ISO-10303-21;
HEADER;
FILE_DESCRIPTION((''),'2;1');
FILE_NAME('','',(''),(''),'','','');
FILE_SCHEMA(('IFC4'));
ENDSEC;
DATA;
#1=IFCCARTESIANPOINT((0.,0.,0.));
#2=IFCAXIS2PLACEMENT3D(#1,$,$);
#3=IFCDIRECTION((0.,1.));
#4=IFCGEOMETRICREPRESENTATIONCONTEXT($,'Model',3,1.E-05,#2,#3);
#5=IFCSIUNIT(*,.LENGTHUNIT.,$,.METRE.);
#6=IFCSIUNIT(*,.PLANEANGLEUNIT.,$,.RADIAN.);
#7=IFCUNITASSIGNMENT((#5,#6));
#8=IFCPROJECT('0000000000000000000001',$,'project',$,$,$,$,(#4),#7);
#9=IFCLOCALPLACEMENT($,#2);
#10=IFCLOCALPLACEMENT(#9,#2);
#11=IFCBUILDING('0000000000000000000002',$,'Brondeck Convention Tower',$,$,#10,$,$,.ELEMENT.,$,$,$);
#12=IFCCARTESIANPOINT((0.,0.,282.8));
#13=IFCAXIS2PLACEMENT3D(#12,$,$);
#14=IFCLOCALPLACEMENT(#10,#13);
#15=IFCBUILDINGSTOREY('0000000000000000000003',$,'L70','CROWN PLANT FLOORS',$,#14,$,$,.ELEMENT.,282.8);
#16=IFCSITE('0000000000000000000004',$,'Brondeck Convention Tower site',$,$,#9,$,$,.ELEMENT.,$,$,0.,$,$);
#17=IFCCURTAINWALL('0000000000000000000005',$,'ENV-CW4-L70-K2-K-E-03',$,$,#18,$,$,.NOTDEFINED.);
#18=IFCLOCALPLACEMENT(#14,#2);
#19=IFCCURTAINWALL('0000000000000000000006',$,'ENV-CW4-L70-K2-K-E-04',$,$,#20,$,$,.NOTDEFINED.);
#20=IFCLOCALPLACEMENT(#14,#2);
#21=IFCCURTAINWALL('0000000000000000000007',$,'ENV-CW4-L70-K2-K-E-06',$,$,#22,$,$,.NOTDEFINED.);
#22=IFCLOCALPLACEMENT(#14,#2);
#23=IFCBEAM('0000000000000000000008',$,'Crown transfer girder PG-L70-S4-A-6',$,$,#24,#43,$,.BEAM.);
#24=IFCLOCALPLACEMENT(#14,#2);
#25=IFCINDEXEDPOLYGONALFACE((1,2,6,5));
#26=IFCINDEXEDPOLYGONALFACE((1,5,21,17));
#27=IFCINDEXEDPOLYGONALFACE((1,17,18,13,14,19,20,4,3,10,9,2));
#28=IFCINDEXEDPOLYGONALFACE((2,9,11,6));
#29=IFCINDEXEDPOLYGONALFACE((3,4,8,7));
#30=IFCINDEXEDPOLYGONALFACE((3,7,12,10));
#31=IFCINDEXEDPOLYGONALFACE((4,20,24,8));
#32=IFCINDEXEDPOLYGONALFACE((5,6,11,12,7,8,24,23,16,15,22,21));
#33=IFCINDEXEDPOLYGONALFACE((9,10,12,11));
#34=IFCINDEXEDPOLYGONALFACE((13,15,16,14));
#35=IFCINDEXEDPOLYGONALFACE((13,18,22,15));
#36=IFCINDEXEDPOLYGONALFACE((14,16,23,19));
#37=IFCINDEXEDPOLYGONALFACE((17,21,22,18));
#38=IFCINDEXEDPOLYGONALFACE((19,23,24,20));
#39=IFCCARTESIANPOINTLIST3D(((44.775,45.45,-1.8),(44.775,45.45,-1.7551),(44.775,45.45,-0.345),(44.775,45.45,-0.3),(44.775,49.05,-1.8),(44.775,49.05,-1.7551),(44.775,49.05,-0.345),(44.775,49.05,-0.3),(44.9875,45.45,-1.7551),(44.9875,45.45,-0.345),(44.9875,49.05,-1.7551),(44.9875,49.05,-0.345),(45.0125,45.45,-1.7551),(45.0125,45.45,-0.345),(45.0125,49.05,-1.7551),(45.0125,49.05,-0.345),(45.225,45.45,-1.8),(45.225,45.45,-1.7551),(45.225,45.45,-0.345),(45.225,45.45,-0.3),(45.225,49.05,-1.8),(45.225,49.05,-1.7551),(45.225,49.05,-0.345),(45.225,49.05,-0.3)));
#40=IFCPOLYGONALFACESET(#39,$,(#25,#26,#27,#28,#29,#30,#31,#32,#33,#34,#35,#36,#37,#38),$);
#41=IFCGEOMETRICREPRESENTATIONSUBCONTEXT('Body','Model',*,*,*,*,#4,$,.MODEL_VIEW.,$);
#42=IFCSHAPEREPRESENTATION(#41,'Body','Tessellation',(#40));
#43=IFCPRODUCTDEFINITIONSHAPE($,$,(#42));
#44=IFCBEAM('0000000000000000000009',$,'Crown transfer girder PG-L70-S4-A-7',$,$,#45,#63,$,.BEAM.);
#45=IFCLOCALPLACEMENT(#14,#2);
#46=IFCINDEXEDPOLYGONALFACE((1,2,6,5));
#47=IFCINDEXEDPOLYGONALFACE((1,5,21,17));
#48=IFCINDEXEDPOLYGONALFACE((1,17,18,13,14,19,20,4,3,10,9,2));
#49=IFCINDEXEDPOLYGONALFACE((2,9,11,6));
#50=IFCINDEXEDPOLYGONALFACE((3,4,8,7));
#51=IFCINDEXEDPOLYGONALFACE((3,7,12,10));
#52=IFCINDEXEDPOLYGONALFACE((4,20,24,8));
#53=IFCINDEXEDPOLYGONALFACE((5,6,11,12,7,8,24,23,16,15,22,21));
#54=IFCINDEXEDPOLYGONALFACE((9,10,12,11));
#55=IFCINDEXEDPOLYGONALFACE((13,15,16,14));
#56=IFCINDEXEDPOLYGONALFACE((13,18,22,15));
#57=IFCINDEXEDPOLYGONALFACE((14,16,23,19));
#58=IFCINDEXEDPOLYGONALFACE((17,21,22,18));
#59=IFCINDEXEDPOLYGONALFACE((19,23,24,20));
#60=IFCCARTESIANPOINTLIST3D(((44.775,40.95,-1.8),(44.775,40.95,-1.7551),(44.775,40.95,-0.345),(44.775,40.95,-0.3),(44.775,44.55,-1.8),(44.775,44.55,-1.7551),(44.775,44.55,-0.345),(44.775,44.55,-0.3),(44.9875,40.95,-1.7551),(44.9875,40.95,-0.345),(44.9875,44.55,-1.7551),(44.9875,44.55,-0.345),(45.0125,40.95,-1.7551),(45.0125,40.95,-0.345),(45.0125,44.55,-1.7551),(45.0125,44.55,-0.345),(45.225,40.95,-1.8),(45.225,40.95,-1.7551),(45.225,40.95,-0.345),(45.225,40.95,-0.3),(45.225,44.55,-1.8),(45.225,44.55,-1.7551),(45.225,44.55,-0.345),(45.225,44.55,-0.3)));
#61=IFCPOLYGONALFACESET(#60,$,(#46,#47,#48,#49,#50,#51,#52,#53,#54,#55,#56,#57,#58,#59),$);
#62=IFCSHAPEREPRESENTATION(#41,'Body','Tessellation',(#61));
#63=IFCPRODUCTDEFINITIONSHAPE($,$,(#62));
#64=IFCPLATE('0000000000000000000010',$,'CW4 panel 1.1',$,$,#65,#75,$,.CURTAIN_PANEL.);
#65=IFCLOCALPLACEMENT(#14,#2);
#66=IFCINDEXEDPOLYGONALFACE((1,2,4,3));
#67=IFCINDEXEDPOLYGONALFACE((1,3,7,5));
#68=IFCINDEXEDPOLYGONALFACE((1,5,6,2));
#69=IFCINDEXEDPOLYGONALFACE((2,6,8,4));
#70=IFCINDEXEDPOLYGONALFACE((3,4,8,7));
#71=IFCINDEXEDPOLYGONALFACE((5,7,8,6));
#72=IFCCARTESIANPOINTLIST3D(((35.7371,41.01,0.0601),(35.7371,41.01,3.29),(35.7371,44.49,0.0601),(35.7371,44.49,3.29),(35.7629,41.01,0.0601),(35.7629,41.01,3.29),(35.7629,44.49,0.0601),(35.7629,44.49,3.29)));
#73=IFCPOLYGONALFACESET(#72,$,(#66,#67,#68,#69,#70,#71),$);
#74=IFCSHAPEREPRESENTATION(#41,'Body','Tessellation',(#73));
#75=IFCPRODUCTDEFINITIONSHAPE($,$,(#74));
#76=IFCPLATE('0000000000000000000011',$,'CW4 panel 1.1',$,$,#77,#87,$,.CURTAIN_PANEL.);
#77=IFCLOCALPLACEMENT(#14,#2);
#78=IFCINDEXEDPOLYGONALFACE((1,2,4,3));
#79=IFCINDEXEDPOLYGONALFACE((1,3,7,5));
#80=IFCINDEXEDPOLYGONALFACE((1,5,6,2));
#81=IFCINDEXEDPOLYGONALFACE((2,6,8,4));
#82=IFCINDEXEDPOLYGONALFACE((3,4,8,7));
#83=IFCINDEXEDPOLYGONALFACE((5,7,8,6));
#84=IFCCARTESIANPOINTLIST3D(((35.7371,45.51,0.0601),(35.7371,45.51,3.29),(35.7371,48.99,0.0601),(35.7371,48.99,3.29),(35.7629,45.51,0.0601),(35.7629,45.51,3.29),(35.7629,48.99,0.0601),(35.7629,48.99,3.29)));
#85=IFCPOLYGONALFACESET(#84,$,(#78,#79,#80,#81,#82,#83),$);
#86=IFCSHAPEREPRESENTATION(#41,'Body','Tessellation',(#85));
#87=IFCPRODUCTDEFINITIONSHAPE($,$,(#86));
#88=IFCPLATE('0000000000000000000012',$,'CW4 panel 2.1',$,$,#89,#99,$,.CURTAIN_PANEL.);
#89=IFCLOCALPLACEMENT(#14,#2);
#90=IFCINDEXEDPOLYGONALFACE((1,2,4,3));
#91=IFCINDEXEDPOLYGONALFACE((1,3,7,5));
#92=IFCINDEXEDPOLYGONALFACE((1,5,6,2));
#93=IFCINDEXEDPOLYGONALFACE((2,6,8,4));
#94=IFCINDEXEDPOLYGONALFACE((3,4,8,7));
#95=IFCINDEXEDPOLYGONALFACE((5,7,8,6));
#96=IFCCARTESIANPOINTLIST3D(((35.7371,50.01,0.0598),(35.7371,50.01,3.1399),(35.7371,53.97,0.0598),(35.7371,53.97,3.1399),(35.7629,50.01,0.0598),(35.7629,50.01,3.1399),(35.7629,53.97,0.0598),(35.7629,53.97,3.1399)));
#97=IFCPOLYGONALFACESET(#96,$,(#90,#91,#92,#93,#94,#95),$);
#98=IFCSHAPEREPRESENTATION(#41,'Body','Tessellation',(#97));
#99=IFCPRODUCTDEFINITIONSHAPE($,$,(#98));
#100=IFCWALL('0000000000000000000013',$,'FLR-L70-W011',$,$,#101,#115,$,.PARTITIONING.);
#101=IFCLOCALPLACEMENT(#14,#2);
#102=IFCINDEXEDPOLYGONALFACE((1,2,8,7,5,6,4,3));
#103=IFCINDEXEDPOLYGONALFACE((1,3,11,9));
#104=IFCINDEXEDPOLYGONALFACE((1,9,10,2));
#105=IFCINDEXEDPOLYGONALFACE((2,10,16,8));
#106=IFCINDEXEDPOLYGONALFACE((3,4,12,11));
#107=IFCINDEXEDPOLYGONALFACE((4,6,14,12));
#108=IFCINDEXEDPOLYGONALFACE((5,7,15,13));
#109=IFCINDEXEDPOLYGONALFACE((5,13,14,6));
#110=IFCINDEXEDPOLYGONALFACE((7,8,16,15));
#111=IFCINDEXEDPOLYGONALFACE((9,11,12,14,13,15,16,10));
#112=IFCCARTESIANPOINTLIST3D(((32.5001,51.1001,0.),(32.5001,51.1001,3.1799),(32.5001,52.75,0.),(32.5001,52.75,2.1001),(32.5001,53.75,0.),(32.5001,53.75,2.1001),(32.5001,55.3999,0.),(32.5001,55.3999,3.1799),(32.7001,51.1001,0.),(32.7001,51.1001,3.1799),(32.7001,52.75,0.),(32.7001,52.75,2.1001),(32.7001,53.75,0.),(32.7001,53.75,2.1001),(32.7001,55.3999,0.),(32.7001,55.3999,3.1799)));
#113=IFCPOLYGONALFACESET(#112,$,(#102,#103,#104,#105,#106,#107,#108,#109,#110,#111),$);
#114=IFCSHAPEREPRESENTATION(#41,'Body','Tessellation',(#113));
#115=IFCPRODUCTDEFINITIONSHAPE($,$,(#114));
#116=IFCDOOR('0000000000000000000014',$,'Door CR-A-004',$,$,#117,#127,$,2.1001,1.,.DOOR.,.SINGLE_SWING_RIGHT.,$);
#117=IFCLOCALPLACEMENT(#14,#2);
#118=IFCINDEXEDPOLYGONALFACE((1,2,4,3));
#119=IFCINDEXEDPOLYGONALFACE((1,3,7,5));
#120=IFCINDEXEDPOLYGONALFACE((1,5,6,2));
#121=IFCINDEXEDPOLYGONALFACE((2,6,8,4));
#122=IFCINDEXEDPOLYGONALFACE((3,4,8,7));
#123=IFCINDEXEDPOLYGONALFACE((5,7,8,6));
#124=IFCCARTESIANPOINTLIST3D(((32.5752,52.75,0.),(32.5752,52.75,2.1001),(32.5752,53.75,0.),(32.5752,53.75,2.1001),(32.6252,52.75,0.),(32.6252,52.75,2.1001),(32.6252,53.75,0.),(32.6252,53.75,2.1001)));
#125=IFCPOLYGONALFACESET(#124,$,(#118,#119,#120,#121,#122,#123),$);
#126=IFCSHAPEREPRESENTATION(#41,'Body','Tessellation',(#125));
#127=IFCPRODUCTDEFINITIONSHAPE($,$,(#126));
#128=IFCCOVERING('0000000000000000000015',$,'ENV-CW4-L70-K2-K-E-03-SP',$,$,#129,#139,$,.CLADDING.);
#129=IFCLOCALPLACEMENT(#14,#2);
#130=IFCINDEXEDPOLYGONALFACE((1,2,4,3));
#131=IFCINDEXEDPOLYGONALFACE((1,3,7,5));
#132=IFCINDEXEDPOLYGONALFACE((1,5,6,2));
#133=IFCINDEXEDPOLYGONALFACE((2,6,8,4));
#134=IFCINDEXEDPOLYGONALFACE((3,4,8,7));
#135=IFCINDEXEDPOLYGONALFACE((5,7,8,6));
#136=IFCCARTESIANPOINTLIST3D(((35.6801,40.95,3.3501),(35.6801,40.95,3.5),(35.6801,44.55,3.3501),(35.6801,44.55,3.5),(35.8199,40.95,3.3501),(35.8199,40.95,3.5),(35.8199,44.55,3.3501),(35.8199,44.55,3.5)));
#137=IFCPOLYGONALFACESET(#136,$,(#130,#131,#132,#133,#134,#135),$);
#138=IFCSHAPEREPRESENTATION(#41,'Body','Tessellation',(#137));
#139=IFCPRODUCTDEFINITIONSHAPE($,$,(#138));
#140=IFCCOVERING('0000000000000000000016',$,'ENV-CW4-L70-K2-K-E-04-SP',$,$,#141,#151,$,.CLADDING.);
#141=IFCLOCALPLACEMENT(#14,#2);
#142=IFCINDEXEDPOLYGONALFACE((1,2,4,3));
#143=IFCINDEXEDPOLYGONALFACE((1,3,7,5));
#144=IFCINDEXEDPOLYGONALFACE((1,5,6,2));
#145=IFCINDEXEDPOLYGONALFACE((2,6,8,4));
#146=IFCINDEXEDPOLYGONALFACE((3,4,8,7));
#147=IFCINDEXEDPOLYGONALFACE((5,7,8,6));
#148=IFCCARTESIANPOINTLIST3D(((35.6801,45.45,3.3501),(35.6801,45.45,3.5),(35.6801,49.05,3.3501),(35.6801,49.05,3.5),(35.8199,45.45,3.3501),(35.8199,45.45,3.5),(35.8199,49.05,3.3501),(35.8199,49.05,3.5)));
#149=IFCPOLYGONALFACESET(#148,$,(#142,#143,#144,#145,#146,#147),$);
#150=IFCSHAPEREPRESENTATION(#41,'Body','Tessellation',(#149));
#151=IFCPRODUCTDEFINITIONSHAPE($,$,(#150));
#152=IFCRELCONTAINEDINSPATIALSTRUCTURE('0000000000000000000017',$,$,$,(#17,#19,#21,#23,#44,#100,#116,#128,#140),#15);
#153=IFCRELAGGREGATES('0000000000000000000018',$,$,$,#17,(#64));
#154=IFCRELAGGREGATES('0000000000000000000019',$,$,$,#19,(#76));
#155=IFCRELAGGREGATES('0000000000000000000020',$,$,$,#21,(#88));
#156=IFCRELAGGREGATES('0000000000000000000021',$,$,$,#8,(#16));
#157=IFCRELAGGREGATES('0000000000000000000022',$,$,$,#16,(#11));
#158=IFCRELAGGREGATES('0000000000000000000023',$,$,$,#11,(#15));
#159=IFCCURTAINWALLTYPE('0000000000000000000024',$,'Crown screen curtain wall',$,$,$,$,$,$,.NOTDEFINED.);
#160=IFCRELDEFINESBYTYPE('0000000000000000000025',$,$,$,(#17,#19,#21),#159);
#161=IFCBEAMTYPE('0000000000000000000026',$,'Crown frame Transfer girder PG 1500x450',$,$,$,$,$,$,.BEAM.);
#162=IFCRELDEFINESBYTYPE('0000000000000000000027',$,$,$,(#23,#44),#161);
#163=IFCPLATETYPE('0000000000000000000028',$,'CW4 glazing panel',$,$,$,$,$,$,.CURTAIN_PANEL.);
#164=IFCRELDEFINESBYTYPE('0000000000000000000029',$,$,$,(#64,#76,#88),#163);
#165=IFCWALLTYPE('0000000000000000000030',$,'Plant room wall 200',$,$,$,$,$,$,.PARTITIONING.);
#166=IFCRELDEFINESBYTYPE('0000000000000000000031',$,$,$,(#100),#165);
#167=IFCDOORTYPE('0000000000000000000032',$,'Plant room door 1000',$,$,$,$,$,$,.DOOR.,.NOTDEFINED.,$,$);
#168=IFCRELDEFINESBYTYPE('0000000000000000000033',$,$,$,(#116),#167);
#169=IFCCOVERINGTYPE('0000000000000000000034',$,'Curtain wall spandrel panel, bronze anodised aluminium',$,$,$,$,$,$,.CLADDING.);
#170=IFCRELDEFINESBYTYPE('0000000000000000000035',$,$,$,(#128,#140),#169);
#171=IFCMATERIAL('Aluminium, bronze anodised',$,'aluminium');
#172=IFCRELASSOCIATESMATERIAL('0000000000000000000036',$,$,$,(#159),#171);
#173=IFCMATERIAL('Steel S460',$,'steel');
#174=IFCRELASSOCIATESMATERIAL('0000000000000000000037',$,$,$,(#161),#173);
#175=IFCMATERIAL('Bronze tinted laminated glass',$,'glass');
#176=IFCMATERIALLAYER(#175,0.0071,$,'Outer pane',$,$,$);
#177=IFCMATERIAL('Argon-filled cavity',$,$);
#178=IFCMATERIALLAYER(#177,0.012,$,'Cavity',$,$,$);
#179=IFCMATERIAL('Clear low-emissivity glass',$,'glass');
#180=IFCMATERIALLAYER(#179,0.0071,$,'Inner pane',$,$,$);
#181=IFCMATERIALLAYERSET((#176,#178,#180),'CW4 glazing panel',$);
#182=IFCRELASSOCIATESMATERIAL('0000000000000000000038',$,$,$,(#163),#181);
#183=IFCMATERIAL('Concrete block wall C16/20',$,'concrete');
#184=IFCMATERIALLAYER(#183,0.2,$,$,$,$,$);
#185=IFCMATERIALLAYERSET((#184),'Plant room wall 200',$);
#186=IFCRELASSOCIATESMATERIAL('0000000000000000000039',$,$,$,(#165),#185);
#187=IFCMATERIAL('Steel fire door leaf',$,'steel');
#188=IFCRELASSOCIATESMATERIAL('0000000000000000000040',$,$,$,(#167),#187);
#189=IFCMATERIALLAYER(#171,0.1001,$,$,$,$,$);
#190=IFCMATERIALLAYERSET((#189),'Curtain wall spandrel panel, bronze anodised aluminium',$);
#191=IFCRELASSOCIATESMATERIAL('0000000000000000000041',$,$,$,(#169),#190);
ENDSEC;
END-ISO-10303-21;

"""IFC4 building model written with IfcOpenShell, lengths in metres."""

from ifc_helpers import new_model, si_unit, direction, frame, frame_2d, origin, origin_2d, place, context, subcontext, project, spatial, rectangle, i_section, extrude, material, layer, layer_set, material_profile, profile_set, type_object, element, fill, aggregate, save


model = new_model("IFC4")

# Units and contexts
model_context = context("Model", 3, precision=1e-05, world=origin(), true_north=direction((0.0, 1.0)))
body_context = subcontext(model_context, "Body", "Model", "MODEL_VIEW")
ifc_project = project(units=[si_unit("LENGTHUNIT", "METRE"), si_unit("PLANEANGLEUNIT", "RADIAN")], contexts=[model_context])

# Site, building, storey
site_placement = place(None, origin())
site = spatial("IfcSite", under=ifc_project, at=site_placement, Name="Brondeck Convention Tower site", CompositionType="ELEMENT", RefElevation=0.0)
building_placement = place(site_placement, origin())
building = spatial("IfcBuilding", under=site, at=building_placement, Name="Brondeck Convention Tower", CompositionType="ELEMENT")
storey_placement = place(building_placement, frame((0.0, 0.0, 282.8)))
storey = spatial("IfcBuildingStorey", under=building, at=storey_placement, Name="L70", Description="CROWN PLANT FLOORS", CompositionType="ELEMENT", Elevation=282.8)

# Curtain walls
ifc_material_1 = material(Name="Aluminium, bronze anodised", Category="aluminium")
curtain_wall_type = type_object("IfcCurtainWallType", Name="Crown screen curtain wall", PredefinedType="NOTDEFINED", material=ifc_material_1)
curtain_wall_1_placement = place(storey_placement, origin())
curtain_wall_1 = element("IfcCurtainWall", 1, at=curtain_wall_1_placement, inside=storey, type_object=curtain_wall_type, Name="ENV-CW4-L70-K2-K-E-03", PredefinedType="NOTDEFINED")
curtain_wall_2_placement = place(storey_placement, origin())
curtain_wall_2 = element("IfcCurtainWall", 2, at=curtain_wall_2_placement, inside=storey, type_object=curtain_wall_type, Name="ENV-CW4-L70-K2-K-E-04", PredefinedType="NOTDEFINED")

# Curtain wall
curtain_wall_3_placement = place(storey_placement, origin())
curtain_wall_3 = element("IfcCurtainWall", 3, at=curtain_wall_3_placement, inside=storey, type_object=curtain_wall_type, Name="ENV-CW4-L70-K2-K-E-06", PredefinedType="NOTDEFINED")

# Beams
ifc_material_2 = material(Name="Steel S460", Category="steel")
ifc_material_profile_1 = material_profile(ifc_material_2, i_section(OverallWidth=0.45, OverallDepth=1.5, WebThickness=0.0249, FlangeThickness=0.0449, at=origin_2d()), Name="PG 1500x450")
ifc_profile_set_1 = profile_set([ifc_material_profile_1], Name="Steel S460")
beam_type_1 = type_object("IfcBeamType", Name="Crown frame Transfer girder PG 1500x450", PredefinedType="BEAM", material=ifc_profile_set_1)
for number, where, z_axis, x_axis, name in (
    (4, (45.0, 49.05, -1.05), (0.0, -1.0, 0.0), (1.0, 0.0, 0.0), "Crown transfer girder PG-L70-S4-A-6"),
    (5, (45.0, 44.55, -1.05), (0.0, -1.0, 0.0), (1.0, 0.0, 0.0), "Crown transfer girder PG-L70-S4-A-7"),
):
    element("IfcBeam", number, at=place(storey_placement, frame(where, z_axis=z_axis, x_axis=x_axis)), inside=storey, type_object=beam_type_1, Name=name, PredefinedType="BEAM", context=body_context, shape_type="SweptSolid", body=[
        extrude(i_section(OverallWidth=0.45, OverallDepth=1.5, WebThickness=0.0249, FlangeThickness=0.0449, at=origin_2d()), origin(), (0.0, 0.0, 1.0), 3.6001),
    ])

# Plates
ifc_material_3 = material(Name="Bronze tinted laminated glass", Category="glass")
ifc_layer_1 = layer(ifc_material_3, 0.0071, Name="Outer pane")
ifc_material_4 = material(Name="Argon-filled cavity")
ifc_layer_2 = layer(ifc_material_4, 0.012, Name="Cavity")
ifc_material_5 = material(Name="Clear low-emissivity glass", Category="glass")
ifc_layer_3 = layer(ifc_material_5, 0.0071, Name="Inner pane")
ifc_layer_set_1 = layer_set([ifc_layer_1, ifc_layer_2, ifc_layer_3], Name="CW4 glazing panel")
plate_type = type_object("IfcPlateType", Name="CW4 glazing panel", PredefinedType="CURTAIN_PANEL", material=ifc_layer_set_1)
plate_1_placement = place(storey_placement, frame((35.75, 42.75, 0.0601), z_axis=(0.0, 0.0, 1.0), x_axis=(0.0, -1.0, 0.0)))
plate_1 = element("IfcPlate", 6, at=plate_1_placement, type_object=plate_type, Name="CW4 panel 1.1", PredefinedType="CURTAIN_PANEL", context=body_context, shape_type="SweptSolid", body=[
    extrude(rectangle(XDim=3.48, YDim=0.0259, at=origin_2d()), origin(), (0.0, 0.0, 1.0), 3.23),
])
aggregate(curtain_wall_1, [plate_1])
plate_2_placement = place(storey_placement, frame((35.75, 47.25, 0.0601), z_axis=(0.0, 0.0, 1.0), x_axis=(0.0, -1.0, 0.0)))
plate_2 = element("IfcPlate", 7, at=plate_2_placement, type_object=plate_type, Name="CW4 panel 1.1", PredefinedType="CURTAIN_PANEL", context=body_context, shape_type="SweptSolid", body=[
    extrude(rectangle(XDim=3.48, YDim=0.0259, at=origin_2d()), origin(), (0.0, 0.0, 1.0), 3.23),
])
aggregate(curtain_wall_2, [plate_2])
plate_3_placement = place(storey_placement, frame((35.75, 51.99, 0.0598), z_axis=(0.0, 0.0, 1.0), x_axis=(0.0, -1.0, 0.0)))
plate_3 = element("IfcPlate", 8, at=plate_3_placement, type_object=plate_type, Name="CW4 panel 2.1", PredefinedType="CURTAIN_PANEL", context=body_context, shape_type="SweptSolid", body=[
    extrude(rectangle(XDim=3.96, YDim=0.0259, at=origin_2d()), origin(), (0.0, 0.0, 1.0), 3.0801),
])
aggregate(curtain_wall_3, [plate_3])

# Wall, opening, door
ifc_material_6 = material(Name="Concrete block wall C16/20", Category="concrete")
ifc_layer_4 = layer(ifc_material_6, 0.2)
ifc_layer_set_2 = layer_set([ifc_layer_4], Name="Plant room wall 200")
wall_type = type_object("IfcWallType", Name="Plant room wall 200", PredefinedType="PARTITIONING", material=ifc_layer_set_2)
wall_placement = place(storey_placement, frame((32.6001, 51.1001, 0.0), z_axis=(0.0, 0.0, 1.0), x_axis=(0.0, 1.0, 0.0)))
wall = element("IfcWall", 9, at=wall_placement, inside=storey, type_object=wall_type, Name="FLR-L70-W011", PredefinedType="PARTITIONING", context=body_context, shape_type="SweptSolid", body=[
    extrude(rectangle(XDim=4.2998, YDim=0.2, at=frame_2d((2.1499, 0.0))), origin(), (0.0, 0.0, 1.0), 3.1799),
])
opening_placement = place(wall_placement, frame((1.6499, 0.0, 0.0)))
opening = element("IfcOpeningElement", 10, at=opening_placement, cuts=wall, PredefinedType="OPENING", context=body_context, shape_type="SweptSolid", body=[
    extrude(rectangle(XDim=1.0, YDim=2.1001, at=frame_2d((0.5, 1.05))), frame((0.0, 0.1099, 0.0), z_axis=(0.0, -1.0, 0.0), x_axis=(1.0, 0.0, 0.0)), (0.0, 0.0, 1.0), 0.22),
])
ifc_material_7 = material(Name="Steel fire door leaf", Category="steel")
door_type = type_object("IfcDoorType", Name="Plant room door 1000", OperationType="NOTDEFINED", PredefinedType="DOOR", material=ifc_material_7)
door_placement = place(opening_placement, origin())
door = element("IfcDoor", 11, at=door_placement, inside=storey, type_object=door_type, Name="Door CR-A-004", OperationType="SINGLE_SWING_RIGHT", OverallHeight=2.1001, OverallWidth=1.0, PredefinedType="DOOR", context=body_context, shape_type="SweptSolid", body=[
    extrude(rectangle(XDim=1.0, YDim=2.1001, at=frame_2d((0.5, 1.05))), frame((0.0, 0.0249, 0.0), z_axis=(0.0, -1.0, 0.0), x_axis=(1.0, 0.0, 0.0)), (0.0, 0.0, 1.0), 0.05),
])
fill(opening, door)

# Coverings
ifc_layer_5 = layer(ifc_material_1, 0.1001)
ifc_layer_set_3 = layer_set([ifc_layer_5], Name="Curtain wall spandrel panel, bronze anodised aluminium")
covering_type = type_object("IfcCoveringType", Name="Curtain wall spandrel panel, bronze anodised aluminium", PredefinedType="CLADDING", material=ifc_layer_set_3)
for number, where, z_axis, x_axis, name in (
    (12, (35.75, 42.75, 3.3501), (0.0, 0.0, 1.0), (0.0, -1.0, 0.0), "ENV-CW4-L70-K2-K-E-03-SP"),
    (13, (35.75, 47.25, 3.3501), (0.0, 0.0, 1.0), (0.0, -1.0, 0.0), "ENV-CW4-L70-K2-K-E-04-SP"),
):
    element("IfcCovering", number, at=place(storey_placement, frame(where, z_axis=z_axis, x_axis=x_axis)), inside=storey, type_object=covering_type, Name=name, PredefinedType="CLADDING", context=body_context, shape_type="SweptSolid", body=[
        extrude(rectangle(XDim=3.6001, YDim=0.1399, at=origin_2d()), origin(), (0.0, 0.0, 1.0), 0.1499),
    ])

save(model, "model.ifc")
